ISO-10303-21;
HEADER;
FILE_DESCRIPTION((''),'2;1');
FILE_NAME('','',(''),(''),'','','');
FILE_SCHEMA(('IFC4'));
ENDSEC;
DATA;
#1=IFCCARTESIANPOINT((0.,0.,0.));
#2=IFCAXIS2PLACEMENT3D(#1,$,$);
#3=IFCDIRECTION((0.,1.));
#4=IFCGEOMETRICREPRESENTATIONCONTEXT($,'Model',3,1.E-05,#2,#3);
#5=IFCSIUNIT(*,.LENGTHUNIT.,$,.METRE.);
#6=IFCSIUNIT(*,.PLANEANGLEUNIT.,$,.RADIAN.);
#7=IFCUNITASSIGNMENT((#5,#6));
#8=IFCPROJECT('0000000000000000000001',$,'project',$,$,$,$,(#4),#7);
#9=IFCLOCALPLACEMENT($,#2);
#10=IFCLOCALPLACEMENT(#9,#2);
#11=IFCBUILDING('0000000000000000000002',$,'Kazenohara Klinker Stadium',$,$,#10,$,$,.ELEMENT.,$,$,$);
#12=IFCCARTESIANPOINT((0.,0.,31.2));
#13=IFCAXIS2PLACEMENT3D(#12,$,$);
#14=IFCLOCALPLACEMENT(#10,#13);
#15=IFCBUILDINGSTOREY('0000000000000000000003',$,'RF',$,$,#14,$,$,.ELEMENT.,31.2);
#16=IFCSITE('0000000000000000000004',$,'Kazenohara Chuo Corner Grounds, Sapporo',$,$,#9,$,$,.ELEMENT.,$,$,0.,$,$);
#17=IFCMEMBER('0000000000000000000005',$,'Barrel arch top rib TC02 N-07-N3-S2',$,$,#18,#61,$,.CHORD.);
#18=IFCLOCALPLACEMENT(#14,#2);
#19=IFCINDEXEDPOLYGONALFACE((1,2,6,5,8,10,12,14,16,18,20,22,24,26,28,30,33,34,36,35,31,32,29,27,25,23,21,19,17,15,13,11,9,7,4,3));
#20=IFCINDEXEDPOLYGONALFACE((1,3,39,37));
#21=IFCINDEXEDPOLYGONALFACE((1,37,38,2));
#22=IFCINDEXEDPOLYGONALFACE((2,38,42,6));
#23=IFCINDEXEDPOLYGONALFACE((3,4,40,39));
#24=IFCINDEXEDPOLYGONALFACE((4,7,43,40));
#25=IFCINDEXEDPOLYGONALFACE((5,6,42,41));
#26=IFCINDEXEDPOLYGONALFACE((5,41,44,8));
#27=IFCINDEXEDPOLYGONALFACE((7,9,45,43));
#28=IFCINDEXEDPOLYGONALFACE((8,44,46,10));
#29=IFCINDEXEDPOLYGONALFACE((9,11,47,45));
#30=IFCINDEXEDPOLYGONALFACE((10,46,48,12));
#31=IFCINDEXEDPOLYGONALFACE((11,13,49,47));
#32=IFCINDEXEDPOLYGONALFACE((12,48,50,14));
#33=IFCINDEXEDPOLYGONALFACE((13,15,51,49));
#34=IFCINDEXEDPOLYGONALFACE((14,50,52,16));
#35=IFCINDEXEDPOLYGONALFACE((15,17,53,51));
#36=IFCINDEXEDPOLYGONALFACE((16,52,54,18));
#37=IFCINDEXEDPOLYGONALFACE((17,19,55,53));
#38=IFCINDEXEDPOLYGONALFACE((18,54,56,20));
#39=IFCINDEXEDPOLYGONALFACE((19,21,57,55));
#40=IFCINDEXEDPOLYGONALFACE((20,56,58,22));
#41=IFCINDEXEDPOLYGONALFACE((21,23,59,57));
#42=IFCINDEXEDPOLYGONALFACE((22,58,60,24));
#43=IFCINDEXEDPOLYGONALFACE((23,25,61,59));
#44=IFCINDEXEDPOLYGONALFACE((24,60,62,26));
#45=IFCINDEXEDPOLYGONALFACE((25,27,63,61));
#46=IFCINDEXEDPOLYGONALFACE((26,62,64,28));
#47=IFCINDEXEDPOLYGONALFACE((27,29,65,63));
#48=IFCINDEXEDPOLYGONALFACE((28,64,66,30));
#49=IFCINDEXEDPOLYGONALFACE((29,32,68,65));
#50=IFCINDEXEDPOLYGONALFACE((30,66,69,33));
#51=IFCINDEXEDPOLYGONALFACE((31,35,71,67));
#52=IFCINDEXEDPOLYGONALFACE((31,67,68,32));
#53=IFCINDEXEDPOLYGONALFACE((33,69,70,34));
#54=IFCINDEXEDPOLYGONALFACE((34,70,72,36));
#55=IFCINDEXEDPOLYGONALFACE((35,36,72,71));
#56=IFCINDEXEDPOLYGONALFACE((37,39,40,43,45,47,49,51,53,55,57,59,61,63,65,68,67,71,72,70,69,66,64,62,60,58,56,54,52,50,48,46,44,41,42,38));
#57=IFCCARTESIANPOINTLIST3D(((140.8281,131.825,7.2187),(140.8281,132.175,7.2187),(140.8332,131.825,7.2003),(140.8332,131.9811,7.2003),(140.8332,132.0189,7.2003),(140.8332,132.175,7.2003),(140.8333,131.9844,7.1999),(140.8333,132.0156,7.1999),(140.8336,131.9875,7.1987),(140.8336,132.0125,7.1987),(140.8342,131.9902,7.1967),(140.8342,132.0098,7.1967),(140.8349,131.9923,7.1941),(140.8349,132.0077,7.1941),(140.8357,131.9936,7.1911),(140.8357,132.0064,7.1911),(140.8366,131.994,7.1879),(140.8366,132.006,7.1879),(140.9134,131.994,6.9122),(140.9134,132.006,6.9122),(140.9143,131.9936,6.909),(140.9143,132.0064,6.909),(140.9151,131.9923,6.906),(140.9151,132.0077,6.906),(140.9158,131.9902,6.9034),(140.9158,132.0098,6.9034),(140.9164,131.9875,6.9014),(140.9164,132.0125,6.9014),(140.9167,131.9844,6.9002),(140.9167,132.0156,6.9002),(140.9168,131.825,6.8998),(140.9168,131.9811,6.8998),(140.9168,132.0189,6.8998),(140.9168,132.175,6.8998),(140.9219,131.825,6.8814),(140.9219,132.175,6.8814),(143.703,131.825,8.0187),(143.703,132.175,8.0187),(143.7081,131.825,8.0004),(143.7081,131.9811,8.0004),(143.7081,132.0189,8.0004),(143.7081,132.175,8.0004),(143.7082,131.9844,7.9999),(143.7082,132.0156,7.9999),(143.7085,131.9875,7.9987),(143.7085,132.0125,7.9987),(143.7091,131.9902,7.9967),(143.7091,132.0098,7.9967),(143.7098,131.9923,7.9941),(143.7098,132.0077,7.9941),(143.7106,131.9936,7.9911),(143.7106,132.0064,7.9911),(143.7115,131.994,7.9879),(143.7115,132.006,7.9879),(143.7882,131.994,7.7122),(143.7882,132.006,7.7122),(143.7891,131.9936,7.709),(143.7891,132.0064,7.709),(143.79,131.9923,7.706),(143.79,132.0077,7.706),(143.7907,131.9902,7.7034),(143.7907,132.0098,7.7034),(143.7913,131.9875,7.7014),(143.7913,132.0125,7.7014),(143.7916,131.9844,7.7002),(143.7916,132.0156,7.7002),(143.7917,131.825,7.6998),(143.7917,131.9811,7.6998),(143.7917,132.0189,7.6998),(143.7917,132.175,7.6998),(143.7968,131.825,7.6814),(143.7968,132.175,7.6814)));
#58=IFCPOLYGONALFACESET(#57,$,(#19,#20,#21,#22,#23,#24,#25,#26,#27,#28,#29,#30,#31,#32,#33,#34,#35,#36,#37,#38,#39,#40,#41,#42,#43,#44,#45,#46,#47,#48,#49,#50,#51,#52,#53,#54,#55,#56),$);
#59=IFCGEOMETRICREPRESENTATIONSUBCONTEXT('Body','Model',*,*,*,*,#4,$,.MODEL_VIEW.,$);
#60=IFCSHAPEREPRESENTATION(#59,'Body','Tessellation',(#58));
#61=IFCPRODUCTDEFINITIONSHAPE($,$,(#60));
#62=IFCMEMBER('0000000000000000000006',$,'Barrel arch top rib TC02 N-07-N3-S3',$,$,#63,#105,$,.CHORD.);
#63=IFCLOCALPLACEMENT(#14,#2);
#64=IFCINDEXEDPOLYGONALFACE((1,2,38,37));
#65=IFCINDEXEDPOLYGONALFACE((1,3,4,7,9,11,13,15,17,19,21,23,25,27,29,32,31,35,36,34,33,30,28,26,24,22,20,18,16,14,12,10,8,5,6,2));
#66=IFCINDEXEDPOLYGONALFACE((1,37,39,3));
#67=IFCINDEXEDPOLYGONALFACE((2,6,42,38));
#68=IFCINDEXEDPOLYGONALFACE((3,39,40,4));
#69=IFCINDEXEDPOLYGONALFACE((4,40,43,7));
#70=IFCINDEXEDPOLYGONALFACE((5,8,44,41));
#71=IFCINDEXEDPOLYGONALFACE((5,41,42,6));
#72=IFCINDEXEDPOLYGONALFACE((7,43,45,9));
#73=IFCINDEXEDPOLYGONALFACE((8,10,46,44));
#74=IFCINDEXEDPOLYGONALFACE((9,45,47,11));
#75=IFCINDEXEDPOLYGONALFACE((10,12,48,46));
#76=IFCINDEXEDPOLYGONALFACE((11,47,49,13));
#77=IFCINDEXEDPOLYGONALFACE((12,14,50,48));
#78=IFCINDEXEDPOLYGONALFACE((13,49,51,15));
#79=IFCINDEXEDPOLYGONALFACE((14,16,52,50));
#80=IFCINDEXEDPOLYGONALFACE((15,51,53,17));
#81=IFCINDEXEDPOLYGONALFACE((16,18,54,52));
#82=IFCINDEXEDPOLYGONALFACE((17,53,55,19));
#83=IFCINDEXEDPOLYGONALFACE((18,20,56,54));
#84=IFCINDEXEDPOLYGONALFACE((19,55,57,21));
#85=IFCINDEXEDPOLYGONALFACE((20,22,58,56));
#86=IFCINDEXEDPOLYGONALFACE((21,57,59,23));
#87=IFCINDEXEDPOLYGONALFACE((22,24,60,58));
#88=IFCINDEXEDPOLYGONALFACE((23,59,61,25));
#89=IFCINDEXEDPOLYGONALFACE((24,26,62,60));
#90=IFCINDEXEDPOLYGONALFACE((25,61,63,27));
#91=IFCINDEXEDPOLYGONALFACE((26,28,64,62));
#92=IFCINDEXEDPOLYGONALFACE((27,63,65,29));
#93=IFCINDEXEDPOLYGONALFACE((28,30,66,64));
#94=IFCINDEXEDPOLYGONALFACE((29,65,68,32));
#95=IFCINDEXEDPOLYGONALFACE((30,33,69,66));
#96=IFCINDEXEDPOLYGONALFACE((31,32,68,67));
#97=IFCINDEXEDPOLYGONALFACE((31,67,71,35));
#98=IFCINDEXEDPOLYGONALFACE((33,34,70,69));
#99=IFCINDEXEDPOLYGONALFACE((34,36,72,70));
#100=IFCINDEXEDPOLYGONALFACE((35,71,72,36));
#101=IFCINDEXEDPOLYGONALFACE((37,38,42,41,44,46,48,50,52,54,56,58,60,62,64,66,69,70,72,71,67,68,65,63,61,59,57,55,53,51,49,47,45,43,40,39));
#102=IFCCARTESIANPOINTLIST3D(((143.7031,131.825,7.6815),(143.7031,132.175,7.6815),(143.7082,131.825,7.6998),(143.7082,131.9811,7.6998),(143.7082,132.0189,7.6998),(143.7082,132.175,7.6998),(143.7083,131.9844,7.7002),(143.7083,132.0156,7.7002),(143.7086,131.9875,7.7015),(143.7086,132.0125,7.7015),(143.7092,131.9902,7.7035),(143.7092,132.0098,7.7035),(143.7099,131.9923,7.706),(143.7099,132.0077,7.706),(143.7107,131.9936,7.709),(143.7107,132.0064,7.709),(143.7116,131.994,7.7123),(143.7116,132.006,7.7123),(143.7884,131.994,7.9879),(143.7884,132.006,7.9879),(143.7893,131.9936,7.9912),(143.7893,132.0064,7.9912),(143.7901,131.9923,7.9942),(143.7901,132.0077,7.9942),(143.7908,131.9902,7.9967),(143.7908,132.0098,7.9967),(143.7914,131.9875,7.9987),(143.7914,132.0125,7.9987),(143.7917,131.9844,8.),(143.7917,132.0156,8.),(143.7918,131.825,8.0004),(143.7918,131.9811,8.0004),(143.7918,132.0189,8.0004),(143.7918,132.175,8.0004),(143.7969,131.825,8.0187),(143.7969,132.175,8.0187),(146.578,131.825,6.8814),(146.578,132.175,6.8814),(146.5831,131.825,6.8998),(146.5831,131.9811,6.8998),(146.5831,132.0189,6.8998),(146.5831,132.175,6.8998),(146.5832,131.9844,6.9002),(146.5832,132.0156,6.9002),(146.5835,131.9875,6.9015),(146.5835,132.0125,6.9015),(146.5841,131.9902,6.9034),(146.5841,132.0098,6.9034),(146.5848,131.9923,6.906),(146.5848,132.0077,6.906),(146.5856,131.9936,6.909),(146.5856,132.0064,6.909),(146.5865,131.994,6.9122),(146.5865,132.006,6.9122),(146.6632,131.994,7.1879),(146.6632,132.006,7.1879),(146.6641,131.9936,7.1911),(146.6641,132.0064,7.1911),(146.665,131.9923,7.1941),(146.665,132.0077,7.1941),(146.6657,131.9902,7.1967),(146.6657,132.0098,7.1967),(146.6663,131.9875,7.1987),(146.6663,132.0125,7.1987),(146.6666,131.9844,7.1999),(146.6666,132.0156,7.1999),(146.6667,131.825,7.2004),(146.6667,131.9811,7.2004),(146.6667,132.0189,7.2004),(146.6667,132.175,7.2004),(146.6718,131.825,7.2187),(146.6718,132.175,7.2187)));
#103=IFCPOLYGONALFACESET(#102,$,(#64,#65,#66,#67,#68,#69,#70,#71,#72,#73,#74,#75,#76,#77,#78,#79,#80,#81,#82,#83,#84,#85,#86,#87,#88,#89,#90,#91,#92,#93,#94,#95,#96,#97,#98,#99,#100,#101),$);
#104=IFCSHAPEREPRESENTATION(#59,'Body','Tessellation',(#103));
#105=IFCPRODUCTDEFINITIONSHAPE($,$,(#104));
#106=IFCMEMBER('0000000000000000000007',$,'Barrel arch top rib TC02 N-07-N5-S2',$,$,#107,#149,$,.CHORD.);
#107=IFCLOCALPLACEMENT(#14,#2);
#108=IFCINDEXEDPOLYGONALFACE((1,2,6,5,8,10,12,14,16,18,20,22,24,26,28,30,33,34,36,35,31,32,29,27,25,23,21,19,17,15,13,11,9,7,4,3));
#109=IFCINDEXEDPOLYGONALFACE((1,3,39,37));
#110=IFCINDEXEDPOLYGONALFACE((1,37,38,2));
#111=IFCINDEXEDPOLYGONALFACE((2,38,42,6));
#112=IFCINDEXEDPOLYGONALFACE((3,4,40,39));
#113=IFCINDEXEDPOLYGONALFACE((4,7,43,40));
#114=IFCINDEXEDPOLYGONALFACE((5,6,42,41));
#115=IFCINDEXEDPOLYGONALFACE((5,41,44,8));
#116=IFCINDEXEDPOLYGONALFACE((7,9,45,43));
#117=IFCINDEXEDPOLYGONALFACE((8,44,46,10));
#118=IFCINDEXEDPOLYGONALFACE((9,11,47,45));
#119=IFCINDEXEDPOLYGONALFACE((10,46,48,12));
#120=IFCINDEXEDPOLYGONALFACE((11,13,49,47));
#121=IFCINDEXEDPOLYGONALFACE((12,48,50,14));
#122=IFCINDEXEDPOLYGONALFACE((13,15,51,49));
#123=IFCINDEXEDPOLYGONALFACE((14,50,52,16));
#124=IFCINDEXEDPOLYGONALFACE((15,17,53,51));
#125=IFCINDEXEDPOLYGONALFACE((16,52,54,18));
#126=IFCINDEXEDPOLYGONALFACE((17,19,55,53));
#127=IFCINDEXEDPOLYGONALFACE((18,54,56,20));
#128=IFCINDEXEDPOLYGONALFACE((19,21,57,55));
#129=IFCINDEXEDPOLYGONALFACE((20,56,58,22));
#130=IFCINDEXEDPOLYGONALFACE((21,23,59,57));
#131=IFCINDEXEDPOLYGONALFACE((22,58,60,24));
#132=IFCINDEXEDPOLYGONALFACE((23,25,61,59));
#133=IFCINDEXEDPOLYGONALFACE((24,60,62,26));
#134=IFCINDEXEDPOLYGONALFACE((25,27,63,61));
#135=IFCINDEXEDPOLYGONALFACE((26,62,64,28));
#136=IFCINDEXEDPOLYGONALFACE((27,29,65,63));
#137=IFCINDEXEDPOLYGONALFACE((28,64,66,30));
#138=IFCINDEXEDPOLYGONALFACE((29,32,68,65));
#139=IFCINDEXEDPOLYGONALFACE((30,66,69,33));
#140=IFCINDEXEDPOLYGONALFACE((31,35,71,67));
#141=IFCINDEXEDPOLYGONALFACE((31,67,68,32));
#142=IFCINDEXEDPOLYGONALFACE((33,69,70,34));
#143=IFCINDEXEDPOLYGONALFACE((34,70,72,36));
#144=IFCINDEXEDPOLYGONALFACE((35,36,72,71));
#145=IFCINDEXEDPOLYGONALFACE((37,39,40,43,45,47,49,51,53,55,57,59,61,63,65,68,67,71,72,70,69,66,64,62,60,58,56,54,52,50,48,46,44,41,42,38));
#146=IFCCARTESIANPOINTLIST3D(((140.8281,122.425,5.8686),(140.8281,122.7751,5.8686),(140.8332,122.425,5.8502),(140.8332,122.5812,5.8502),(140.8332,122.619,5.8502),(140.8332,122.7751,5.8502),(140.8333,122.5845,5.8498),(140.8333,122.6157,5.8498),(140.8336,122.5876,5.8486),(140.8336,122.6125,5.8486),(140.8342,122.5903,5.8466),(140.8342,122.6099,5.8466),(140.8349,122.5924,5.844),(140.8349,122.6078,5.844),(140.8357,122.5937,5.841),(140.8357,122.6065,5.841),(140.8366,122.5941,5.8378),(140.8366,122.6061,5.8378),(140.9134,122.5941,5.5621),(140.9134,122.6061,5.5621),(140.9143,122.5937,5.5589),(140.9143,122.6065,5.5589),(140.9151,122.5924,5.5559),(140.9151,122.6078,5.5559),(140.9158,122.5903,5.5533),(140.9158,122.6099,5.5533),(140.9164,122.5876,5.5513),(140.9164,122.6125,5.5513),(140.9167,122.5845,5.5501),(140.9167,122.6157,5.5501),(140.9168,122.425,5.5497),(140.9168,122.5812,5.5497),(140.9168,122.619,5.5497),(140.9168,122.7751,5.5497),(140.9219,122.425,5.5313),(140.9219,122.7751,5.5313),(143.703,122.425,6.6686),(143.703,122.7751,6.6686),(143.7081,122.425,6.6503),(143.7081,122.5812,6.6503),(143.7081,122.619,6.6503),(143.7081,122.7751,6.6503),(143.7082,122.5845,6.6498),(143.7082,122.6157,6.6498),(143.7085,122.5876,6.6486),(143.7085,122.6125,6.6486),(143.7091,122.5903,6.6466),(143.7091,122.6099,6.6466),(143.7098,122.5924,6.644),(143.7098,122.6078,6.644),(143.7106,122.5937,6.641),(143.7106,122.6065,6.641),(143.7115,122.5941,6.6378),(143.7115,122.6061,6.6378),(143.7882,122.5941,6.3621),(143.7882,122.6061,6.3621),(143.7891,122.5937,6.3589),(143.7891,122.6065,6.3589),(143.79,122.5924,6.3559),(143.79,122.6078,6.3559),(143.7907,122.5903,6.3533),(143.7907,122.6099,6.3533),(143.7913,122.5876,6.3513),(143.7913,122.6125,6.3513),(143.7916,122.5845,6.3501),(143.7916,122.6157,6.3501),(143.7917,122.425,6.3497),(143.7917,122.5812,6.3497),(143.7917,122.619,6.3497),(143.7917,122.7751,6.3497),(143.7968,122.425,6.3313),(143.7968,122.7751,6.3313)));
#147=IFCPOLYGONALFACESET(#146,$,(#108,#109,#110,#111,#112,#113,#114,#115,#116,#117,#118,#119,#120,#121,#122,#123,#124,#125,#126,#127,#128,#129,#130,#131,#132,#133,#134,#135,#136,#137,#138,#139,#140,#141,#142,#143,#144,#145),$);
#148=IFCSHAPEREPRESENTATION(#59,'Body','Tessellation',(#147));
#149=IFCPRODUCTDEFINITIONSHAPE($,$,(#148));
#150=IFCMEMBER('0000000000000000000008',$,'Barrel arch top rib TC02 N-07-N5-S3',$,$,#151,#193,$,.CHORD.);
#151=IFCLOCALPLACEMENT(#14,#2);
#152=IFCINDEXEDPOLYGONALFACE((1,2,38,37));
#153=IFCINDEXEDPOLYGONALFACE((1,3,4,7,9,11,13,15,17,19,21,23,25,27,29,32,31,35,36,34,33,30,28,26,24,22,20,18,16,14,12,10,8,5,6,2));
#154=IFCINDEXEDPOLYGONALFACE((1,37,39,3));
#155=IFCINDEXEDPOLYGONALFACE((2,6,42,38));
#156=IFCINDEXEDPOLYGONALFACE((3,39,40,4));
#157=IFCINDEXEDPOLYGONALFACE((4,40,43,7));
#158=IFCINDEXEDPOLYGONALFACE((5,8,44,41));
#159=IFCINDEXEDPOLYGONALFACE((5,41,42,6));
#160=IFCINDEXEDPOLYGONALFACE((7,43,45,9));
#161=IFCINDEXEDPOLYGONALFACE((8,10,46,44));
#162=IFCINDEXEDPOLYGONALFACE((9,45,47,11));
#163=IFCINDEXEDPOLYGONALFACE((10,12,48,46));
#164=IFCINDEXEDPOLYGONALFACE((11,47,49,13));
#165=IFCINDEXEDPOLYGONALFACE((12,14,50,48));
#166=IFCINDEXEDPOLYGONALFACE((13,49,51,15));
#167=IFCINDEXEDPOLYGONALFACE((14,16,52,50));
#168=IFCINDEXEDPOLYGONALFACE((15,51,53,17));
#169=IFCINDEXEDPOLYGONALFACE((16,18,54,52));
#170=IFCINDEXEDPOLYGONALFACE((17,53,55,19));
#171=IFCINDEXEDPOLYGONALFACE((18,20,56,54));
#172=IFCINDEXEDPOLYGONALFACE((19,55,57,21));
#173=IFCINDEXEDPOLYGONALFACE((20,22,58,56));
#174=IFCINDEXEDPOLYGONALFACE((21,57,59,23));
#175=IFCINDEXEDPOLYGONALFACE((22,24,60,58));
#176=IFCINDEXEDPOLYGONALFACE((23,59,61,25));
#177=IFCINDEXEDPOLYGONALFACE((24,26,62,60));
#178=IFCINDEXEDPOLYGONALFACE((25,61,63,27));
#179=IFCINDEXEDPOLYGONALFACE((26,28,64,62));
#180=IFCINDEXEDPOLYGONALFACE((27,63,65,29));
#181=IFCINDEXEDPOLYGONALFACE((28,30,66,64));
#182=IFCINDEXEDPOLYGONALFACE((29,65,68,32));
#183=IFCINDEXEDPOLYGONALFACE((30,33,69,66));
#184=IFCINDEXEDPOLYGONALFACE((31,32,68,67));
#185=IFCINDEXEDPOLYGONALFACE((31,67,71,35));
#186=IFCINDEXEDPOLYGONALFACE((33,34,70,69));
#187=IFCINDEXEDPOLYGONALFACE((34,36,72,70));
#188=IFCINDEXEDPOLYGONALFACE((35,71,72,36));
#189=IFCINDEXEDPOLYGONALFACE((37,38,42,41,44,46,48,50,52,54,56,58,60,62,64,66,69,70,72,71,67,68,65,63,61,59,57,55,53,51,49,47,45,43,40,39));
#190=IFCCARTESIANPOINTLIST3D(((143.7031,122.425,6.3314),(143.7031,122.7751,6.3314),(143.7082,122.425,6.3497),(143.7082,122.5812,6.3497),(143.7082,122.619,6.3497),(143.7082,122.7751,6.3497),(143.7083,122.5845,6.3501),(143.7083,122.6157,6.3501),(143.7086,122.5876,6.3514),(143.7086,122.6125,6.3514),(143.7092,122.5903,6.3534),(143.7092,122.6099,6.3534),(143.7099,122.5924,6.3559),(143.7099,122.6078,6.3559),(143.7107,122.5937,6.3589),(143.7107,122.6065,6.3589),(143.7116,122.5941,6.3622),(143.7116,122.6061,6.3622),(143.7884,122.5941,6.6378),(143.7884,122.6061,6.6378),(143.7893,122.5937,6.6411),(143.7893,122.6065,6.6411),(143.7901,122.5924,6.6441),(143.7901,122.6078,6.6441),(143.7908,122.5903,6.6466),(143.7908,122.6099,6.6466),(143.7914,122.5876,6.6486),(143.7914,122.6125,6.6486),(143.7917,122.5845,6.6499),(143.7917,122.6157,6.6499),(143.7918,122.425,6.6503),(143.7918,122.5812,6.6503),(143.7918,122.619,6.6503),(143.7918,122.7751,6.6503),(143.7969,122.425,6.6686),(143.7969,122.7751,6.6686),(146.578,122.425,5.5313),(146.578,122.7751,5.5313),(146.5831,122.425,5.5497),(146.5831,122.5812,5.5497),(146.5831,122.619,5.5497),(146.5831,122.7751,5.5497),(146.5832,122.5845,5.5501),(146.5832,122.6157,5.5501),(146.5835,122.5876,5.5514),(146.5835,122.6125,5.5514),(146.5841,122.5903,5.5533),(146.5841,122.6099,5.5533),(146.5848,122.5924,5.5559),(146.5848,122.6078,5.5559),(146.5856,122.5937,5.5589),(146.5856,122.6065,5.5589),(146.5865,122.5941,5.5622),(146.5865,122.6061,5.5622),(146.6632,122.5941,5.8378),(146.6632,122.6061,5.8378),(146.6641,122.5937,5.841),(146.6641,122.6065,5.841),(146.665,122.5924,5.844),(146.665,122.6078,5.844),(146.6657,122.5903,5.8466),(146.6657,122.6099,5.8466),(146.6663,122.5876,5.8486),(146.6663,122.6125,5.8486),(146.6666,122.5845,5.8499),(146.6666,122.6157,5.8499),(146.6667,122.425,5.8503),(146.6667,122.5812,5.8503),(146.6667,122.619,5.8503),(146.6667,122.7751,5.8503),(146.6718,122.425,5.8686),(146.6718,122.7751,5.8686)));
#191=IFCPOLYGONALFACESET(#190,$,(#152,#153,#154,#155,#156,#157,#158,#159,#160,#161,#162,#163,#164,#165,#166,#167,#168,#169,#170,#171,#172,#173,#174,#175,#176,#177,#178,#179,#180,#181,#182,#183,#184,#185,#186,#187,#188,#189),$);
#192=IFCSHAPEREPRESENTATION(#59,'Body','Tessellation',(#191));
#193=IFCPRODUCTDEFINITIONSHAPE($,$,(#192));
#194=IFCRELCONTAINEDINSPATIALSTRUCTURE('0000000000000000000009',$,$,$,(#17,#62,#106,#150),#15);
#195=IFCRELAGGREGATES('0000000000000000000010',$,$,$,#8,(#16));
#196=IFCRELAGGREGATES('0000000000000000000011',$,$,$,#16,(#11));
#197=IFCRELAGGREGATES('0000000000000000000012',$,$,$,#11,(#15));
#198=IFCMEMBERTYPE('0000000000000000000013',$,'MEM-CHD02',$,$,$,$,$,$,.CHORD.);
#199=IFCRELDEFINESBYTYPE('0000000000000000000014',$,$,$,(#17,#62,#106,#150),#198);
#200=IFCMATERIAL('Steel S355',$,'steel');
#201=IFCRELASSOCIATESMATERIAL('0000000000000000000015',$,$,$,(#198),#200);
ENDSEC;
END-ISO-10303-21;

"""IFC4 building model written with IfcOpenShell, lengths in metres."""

from ifc_helpers import new_model, si_unit, direction, frame, origin, origin_2d, place, context, subcontext, project, spatial, i_section, extrude, material, material_profile, profile_set, type_object, element, save


model = new_model("IFC4")

# Units and contexts
model_context = context("Model", 3, precision=1e-05, world=origin(), true_north=direction((0.0, 1.0)))
body_context = subcontext(model_context, "Body", "Model", "MODEL_VIEW")
ifc_project = project(units=[si_unit("LENGTHUNIT", "METRE"), si_unit("PLANEANGLEUNIT", "RADIAN")], contexts=[model_context])

# Site, building, storey
site_placement = place(None, origin())
site = spatial("IfcSite", under=ifc_project, at=site_placement, Name="Kazenohara Chuo Corner Grounds, Sapporo", CompositionType="ELEMENT", RefElevation=0.0)
building_placement = place(site_placement, origin())
building = spatial("IfcBuilding", under=site, at=building_placement, Name="Kazenohara Klinker Stadium", CompositionType="ELEMENT")
storey_placement = place(building_placement, frame((0.0, 0.0, 31.2)))
storey = spatial("IfcBuildingStorey", under=building, at=storey_placement, Name="RF", CompositionType="ELEMENT", Elevation=31.2)

# Members
ifc_material_1 = material(Name="Steel S355", Category="steel")
ifc_material_profile_1 = material_profile(ifc_material_1, i_section(OverallWidth=0.3501, OverallDepth=0.3501, WebThickness=0.012, FlangeThickness=0.019, FilletRadius=0.0129, at=origin_2d()), Name="H-350x350x12x19")
ifc_profile_set_1 = profile_set([ifc_material_profile_1], Name="Steel S355")
member_type_1 = type_object("IfcMemberType", Name="MEM-CHD02", PredefinedType="CHORD", material=ifc_profile_set_1)
for number, where, z_axis, x_axis, name in (
    (1, (140.875, 132.0, 7.05), (0.963394, 0.0, 0.268091), (0.0, 1.0, 0.0), "Barrel arch top rib TC02 N-07-N3-S2"),
    (2, (143.75, 132.0, 7.8501), (0.963394, 0.0, -0.268091), (0.0, 1.0, 0.0), "Barrel arch top rib TC02 N-07-N3-S3"),
    (3, (140.875, 122.6001, 5.7), (0.963394, 0.0, 0.268091), (0.0, 1.0, 0.0), "Barrel arch top rib TC02 N-07-N5-S2"),
    (4, (143.75, 122.6001, 6.5), (0.963394, 0.0, -0.268091), (0.0, 1.0, 0.0), "Barrel arch top rib TC02 N-07-N5-S3"),
):
    element("IfcMember", number, at=place(storey_placement, frame(where, z_axis=z_axis, x_axis=x_axis)), inside=storey, type_object=member_type_1, Name=name, PredefinedType="CHORD", context=body_context, shape_type="SweptSolid", body=[
        extrude(i_section(OverallWidth=0.3501, OverallDepth=0.3501, WebThickness=0.012, FlangeThickness=0.019, FilletRadius=0.0129, at=origin_2d()), origin(), (0.0, 0.0, 1.0), 2.9841),
    ])

save(model, "model.ifc")
